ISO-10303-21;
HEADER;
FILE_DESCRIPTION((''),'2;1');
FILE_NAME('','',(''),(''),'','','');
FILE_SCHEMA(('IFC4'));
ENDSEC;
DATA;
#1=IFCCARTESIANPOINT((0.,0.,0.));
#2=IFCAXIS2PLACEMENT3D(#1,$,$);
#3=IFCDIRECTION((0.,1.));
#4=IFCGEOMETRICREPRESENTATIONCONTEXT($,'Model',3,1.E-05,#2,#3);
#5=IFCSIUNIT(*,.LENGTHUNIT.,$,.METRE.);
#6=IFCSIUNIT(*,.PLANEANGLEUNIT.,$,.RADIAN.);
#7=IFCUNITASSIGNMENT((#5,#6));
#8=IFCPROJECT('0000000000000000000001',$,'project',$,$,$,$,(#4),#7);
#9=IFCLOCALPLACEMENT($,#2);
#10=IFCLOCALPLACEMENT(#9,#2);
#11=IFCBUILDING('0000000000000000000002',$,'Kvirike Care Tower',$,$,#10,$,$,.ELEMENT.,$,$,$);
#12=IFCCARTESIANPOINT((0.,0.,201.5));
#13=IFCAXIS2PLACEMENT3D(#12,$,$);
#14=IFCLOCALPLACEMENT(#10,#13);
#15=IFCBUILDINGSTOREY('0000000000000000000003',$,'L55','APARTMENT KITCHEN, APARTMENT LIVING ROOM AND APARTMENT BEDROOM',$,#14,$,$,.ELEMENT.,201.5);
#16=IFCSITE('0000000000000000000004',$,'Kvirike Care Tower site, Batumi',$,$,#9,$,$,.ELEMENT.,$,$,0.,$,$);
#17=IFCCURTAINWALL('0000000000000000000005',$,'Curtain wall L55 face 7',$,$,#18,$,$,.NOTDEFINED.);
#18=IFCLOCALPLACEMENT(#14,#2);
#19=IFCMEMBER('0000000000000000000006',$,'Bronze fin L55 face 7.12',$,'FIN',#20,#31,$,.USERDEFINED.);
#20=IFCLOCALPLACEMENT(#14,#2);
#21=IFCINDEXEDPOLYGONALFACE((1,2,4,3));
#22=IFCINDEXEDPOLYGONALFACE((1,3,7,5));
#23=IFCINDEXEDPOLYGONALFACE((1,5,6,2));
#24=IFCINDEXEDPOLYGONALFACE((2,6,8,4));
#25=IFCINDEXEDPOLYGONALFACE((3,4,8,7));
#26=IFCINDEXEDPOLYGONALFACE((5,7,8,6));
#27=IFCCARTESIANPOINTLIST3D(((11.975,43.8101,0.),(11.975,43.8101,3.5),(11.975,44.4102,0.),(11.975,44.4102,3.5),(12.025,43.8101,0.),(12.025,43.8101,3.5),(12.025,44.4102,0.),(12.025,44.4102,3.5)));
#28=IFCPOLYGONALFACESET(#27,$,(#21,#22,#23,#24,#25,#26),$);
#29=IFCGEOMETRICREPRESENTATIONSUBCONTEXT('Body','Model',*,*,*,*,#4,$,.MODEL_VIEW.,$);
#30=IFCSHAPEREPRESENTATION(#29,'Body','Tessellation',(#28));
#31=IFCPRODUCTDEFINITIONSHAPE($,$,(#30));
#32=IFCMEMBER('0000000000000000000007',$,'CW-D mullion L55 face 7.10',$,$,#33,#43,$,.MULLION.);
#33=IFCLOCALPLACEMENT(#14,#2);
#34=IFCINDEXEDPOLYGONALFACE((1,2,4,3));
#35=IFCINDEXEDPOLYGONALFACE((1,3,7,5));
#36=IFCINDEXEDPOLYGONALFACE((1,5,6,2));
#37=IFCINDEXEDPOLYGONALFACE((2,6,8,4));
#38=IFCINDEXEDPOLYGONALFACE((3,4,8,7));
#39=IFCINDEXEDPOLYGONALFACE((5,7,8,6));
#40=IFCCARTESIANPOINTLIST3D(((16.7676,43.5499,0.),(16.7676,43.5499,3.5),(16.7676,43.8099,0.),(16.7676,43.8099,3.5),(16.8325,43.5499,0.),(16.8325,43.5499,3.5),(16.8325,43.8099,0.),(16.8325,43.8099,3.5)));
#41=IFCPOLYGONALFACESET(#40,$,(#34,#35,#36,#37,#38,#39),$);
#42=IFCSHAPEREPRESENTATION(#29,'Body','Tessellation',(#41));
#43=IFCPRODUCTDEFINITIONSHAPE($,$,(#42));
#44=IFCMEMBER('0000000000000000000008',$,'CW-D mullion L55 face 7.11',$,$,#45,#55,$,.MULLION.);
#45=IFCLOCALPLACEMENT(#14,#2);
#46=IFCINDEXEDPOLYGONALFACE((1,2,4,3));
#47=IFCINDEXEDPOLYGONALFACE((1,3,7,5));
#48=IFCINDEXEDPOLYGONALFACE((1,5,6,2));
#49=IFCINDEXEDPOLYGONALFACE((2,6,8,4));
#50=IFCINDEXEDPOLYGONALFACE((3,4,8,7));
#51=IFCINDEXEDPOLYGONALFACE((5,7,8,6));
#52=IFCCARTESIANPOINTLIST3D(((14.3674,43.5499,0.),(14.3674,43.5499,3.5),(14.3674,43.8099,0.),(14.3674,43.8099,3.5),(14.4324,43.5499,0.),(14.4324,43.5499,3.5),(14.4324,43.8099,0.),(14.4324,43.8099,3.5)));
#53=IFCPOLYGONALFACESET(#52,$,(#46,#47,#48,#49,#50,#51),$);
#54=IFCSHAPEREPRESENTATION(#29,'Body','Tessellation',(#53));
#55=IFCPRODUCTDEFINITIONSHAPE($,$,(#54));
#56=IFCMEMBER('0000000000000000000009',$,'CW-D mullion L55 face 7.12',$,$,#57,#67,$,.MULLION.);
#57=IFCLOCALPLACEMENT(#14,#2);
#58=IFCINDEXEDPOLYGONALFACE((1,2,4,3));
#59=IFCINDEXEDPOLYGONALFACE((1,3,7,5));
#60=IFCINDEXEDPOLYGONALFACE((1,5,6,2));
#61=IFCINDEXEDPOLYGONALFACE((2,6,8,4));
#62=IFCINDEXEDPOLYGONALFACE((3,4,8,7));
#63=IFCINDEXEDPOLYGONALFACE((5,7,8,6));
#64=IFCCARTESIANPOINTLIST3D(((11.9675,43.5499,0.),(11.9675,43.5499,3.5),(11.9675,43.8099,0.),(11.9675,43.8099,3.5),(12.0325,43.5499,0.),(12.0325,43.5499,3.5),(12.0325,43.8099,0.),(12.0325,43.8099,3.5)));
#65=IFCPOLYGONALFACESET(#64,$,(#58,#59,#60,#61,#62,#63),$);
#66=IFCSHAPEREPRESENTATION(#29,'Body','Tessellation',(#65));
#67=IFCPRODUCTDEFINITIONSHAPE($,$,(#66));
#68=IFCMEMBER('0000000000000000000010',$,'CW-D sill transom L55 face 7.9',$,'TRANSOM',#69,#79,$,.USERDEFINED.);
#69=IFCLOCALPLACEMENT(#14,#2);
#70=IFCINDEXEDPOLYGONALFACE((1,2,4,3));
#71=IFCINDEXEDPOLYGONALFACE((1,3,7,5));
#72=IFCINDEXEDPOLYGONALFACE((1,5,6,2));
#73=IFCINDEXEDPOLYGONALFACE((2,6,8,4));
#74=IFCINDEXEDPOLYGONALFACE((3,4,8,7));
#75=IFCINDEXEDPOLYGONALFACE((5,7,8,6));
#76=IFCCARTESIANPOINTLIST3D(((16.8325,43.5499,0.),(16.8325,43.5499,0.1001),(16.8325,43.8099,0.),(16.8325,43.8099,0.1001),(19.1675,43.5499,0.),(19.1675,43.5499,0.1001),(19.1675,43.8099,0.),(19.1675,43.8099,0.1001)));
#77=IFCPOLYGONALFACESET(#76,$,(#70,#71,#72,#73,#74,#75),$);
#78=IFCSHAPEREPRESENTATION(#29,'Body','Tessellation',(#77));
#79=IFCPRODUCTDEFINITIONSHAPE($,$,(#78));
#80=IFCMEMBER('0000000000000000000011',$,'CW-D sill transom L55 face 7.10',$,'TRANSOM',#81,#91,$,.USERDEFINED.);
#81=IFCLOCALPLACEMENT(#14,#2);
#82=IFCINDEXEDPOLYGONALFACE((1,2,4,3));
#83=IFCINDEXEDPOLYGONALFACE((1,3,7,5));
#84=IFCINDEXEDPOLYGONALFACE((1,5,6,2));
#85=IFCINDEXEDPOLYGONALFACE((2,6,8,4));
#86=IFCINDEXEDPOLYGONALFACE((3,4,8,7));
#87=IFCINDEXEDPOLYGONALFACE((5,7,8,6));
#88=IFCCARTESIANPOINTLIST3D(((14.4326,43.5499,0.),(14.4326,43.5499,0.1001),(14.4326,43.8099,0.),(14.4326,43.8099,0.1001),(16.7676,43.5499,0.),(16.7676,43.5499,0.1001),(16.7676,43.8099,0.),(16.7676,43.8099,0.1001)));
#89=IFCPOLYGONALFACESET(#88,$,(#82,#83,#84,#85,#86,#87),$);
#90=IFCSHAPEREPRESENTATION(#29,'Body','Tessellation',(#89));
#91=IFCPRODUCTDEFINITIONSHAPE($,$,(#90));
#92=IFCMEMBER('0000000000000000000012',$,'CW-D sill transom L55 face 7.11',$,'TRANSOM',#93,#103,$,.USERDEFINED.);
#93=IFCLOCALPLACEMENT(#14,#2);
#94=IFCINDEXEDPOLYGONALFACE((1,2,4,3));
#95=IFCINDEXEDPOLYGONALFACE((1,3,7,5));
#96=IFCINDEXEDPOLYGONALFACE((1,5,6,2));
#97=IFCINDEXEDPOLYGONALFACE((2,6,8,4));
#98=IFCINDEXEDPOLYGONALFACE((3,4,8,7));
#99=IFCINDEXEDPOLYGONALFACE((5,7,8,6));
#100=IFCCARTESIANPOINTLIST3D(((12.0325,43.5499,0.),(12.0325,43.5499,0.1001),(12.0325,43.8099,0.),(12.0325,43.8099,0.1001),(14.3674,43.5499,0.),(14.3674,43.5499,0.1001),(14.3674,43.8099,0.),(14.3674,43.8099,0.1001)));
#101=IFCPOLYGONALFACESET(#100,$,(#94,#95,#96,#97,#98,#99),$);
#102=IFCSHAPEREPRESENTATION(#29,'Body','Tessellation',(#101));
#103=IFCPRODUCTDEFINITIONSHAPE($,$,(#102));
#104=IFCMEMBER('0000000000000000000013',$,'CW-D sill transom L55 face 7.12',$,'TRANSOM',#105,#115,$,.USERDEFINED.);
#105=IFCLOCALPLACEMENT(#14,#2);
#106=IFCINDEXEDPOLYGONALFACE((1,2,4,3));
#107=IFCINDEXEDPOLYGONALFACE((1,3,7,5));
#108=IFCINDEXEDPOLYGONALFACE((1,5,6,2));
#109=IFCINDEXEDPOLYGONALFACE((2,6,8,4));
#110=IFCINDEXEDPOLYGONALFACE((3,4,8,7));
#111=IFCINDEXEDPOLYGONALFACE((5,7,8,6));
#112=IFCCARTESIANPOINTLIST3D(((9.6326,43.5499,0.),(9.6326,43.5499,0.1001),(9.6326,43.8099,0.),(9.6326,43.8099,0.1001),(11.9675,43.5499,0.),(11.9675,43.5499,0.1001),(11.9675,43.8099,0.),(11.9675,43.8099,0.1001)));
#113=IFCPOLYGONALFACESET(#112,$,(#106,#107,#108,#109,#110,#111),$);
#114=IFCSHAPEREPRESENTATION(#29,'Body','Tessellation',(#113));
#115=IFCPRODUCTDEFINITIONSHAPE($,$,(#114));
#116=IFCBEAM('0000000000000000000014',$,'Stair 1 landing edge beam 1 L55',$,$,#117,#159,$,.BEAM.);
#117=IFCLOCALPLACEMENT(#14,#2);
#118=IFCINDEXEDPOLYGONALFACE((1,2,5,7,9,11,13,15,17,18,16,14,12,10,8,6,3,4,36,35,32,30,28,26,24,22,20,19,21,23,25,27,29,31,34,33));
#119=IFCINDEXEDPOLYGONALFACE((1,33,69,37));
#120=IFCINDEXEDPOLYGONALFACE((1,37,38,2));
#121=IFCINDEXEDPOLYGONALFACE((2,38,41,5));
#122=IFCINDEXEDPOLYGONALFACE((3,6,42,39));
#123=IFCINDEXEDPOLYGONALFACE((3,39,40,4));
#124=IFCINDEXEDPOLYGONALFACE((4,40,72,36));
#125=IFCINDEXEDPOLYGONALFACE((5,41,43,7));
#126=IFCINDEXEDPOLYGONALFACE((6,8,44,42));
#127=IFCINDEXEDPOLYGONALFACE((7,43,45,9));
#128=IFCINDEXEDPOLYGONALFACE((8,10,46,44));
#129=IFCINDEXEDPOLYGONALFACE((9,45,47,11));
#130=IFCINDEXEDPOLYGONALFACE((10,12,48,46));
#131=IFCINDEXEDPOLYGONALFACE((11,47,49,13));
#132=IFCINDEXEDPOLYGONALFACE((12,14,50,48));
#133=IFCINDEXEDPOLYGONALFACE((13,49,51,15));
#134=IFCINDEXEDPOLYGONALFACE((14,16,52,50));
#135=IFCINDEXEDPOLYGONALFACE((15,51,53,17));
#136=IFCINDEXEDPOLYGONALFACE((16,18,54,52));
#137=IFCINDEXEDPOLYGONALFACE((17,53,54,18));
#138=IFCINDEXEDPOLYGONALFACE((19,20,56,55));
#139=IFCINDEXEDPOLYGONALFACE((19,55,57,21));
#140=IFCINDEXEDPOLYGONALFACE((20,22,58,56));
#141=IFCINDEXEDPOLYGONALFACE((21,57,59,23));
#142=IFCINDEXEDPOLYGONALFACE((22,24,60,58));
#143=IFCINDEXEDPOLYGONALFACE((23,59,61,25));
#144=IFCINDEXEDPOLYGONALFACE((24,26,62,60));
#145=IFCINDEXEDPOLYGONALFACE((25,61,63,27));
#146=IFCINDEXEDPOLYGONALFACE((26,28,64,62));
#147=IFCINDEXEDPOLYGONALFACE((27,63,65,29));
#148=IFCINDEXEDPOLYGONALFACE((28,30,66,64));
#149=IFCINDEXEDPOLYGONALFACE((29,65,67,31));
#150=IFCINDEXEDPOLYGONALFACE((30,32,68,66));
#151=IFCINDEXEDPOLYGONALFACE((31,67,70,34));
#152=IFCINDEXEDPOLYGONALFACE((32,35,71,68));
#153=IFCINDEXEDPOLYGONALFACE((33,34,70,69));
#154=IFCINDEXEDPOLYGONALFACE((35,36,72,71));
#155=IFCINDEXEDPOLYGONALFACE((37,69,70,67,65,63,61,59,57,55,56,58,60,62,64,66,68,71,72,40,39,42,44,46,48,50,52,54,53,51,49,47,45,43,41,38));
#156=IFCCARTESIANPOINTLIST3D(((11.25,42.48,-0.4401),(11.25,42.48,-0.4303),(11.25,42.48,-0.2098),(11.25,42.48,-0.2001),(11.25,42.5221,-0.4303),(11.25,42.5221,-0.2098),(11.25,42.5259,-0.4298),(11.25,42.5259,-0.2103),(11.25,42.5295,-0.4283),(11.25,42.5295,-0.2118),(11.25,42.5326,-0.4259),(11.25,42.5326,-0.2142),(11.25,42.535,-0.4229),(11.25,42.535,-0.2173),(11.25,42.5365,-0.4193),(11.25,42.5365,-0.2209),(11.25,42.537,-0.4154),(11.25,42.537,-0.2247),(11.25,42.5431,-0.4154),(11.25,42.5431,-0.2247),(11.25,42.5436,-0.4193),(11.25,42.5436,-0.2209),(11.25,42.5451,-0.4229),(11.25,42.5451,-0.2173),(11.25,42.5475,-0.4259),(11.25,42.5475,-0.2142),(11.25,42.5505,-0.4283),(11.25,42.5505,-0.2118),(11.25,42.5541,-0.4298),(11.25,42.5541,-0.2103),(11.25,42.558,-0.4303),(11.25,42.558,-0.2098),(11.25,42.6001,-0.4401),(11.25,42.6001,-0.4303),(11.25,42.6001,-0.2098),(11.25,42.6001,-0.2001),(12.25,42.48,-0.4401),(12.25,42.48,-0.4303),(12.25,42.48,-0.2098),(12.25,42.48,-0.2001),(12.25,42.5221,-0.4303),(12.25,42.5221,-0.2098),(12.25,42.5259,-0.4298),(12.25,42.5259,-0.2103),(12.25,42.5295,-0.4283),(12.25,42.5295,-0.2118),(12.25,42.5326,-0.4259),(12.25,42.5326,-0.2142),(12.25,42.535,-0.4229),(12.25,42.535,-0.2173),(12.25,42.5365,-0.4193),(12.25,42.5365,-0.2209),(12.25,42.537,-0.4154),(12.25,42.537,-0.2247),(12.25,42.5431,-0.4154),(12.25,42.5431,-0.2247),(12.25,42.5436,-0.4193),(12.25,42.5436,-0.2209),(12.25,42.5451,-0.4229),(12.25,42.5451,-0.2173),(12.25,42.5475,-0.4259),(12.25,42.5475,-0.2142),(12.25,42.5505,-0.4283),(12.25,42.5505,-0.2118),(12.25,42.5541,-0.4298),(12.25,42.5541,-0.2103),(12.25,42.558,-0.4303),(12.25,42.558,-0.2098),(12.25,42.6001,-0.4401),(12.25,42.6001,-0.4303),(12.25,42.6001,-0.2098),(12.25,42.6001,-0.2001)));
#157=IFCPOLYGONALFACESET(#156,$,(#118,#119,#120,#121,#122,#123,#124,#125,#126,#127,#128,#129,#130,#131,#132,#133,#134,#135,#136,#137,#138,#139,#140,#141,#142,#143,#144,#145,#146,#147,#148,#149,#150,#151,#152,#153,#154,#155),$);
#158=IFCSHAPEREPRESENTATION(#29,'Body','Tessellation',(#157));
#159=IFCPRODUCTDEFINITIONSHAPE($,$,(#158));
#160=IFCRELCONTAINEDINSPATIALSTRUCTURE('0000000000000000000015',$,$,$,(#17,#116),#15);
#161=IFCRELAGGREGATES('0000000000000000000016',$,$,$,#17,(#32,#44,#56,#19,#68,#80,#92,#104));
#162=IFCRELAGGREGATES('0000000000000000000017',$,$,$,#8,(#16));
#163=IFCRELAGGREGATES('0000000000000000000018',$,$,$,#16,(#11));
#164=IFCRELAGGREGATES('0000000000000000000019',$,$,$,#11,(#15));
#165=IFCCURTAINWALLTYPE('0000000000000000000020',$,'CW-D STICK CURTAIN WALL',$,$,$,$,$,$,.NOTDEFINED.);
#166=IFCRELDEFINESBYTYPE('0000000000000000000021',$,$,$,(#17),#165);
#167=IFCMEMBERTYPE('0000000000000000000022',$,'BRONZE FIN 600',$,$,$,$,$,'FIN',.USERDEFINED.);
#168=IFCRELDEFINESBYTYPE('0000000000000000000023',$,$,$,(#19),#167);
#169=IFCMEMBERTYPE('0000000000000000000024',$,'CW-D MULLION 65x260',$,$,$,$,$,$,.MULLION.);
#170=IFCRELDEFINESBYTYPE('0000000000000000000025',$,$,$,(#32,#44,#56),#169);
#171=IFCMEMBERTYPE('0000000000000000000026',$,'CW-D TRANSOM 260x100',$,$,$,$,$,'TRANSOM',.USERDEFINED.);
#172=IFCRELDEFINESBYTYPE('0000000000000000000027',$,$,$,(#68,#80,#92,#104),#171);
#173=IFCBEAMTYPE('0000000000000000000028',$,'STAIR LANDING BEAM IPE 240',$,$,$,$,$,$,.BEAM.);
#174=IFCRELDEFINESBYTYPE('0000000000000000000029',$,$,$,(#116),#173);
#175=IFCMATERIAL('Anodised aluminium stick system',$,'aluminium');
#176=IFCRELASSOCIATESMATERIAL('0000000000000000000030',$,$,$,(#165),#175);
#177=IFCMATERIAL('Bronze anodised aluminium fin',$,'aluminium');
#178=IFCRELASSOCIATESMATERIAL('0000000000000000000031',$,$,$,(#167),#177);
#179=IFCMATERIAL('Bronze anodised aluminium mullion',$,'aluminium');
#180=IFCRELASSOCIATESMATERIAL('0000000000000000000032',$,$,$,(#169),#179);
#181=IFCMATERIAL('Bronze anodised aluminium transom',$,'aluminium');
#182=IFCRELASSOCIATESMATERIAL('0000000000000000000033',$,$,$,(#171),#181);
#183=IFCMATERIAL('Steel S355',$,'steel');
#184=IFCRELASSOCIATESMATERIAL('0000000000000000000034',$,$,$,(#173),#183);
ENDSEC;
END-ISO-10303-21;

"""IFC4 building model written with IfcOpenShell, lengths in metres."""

from ifc_helpers import new_model, si_unit, direction, frame, origin, origin_2d, place, context, subcontext, project, spatial, rectangle, i_section, extrude, material, material_profile, profile_set, type_object, element, aggregate, save


model = new_model("IFC4")

# Units and contexts
model_context = context("Model", 3, precision=1e-05, world=origin(), true_north=direction((0.0, 1.0)))
body_context = subcontext(model_context, "Body", "Model", "MODEL_VIEW")
ifc_project = project(units=[si_unit("LENGTHUNIT", "METRE"), si_unit("PLANEANGLEUNIT", "RADIAN")], contexts=[model_context])

# Site, building, storey
site_placement = place(None, origin())
site = spatial("IfcSite", under=ifc_project, at=site_placement, Name="Kvirike Care Tower site, Batumi", CompositionType="ELEMENT", RefElevation=0.0)
building_placement = place(site_placement, origin())
building = spatial("IfcBuilding", under=site, at=building_placement, Name="Kvirike Care Tower", CompositionType="ELEMENT")
storey_placement = place(building_placement, frame((0.0, 0.0, 201.5)))
storey = spatial("IfcBuildingStorey", under=building, at=storey_placement, Name="L55", Description="APARTMENT KITCHEN, APARTMENT LIVING ROOM AND APARTMENT BEDROOM", CompositionType="ELEMENT", Elevation=201.5)

# Curtain wall, members
ifc_material_1 = material(Name="Anodised aluminium stick system", Category="aluminium")
curtain_wall_type = type_object("IfcCurtainWallType", Name="CW-D STICK CURTAIN WALL", PredefinedType="NOTDEFINED", material=ifc_material_1)
curtain_wall_placement = place(storey_placement, origin())
curtain_wall = element("IfcCurtainWall", 1, at=curtain_wall_placement, inside=storey, type_object=curtain_wall_type, Name="Curtain wall L55 face 7", PredefinedType="NOTDEFINED")
ifc_material_2 = material(Name="Bronze anodised aluminium fin", Category="aluminium")
ifc_material_profile_1 = material_profile(ifc_material_2, rectangle(XDim=0.05, YDim=0.6001, at=origin_2d()), Name="BRONZE FIN 600")
ifc_profile_set_1 = profile_set([ifc_material_profile_1], Name="Bronze anodised aluminium fin")
member_type_1 = type_object("IfcMemberType", Name="BRONZE FIN 600", ElementType="FIN", PredefinedType="USERDEFINED", material=ifc_profile_set_1)
member_1_placement = place(storey_placement, frame((12.0, 44.1101, 0.0), z_axis=(0.0, 0.0, 1.0), x_axis=(-1.0, 0.0, 0.0)))
member_1 = element("IfcMember", 2, at=member_1_placement, type_object=member_type_1, Name="Bronze fin L55 face 7.12", ObjectType="FIN", PredefinedType="USERDEFINED", context=body_context, shape_type="SweptSolid", body=[
    extrude(rectangle(XDim=0.05, YDim=0.6001, at=origin_2d()), origin(), (0.0, 0.0, 1.0), 3.5),
])
ifc_material_3 = material(Name="Bronze anodised aluminium mullion", Category="aluminium")
ifc_material_profile_2 = material_profile(ifc_material_3, rectangle(XDim=0.0649, YDim=0.26, at=origin_2d()), Name="CW-D MULLION 65x260")
ifc_profile_set_2 = profile_set([ifc_material_profile_2], Name="Bronze anodised aluminium mullion")
member_type_2 = type_object("IfcMemberType", Name="CW-D MULLION 65x260", PredefinedType="MULLION", material=ifc_profile_set_2)
member_2_placement = place(storey_placement, frame((16.8, 43.6799, 0.0), z_axis=(0.0, 0.0, 1.0), x_axis=(-1.0, 0.0, 0.0)))
member_2 = element("IfcMember", 3, at=member_2_placement, type_object=member_type_2, Name="CW-D mullion L55 face 7.10", PredefinedType="MULLION", context=body_context, shape_type="SweptSolid", body=[
    extrude(rectangle(XDim=0.0649, YDim=0.26, at=origin_2d()), origin(), (0.0, 0.0, 1.0), 3.5),
])
member_3_placement = place(storey_placement, frame((14.3999, 43.6799, 0.0), z_axis=(0.0, 0.0, 1.0), x_axis=(-1.0, 0.0, 0.0)))
member_3 = element("IfcMember", 4, at=member_3_placement, type_object=member_type_2, Name="CW-D mullion L55 face 7.11", PredefinedType="MULLION", context=body_context, shape_type="SweptSolid", body=[
    extrude(rectangle(XDim=0.0649, YDim=0.26, at=origin_2d()), origin(), (0.0, 0.0, 1.0), 3.5),
])
member_4_placement = place(storey_placement, frame((12.0, 43.6799, 0.0), z_axis=(0.0, 0.0, 1.0), x_axis=(-1.0, 0.0, 0.0)))
member_4 = element("IfcMember", 5, at=member_4_placement, type_object=member_type_2, Name="CW-D mullion L55 face 7.12", PredefinedType="MULLION", context=body_context, shape_type="SweptSolid", body=[
    extrude(rectangle(XDim=0.0649, YDim=0.26, at=origin_2d()), origin(), (0.0, 0.0, 1.0), 3.5),
])
ifc_material_4 = material(Name="Bronze anodised aluminium transom", Category="aluminium")
ifc_material_profile_3 = material_profile(ifc_material_4, rectangle(XDim=0.26, YDim=0.1001, at=origin_2d()), Name="CW-D TRANSOM 260x100")
ifc_profile_set_3 = profile_set([ifc_material_profile_3], Name="Bronze anodised aluminium transom")
member_type_3 = type_object("IfcMemberType", Name="CW-D TRANSOM 260x100", ElementType="TRANSOM", PredefinedType="USERDEFINED", material=ifc_profile_set_3)
member_5_placement = place(storey_placement, frame((19.1675, 43.6799, 0.05), z_axis=(-1.0, 0.0, 0.0), x_axis=(0.0, -1.0, 0.0)))
member_5 = element("IfcMember", 6, at=member_5_placement, type_object=member_type_3, Name="CW-D sill transom L55 face 7.9", ObjectType="TRANSOM", PredefinedType="USERDEFINED", context=body_context, shape_type="SweptSolid", body=[
    extrude(rectangle(XDim=0.26, YDim=0.1001, at=origin_2d()), origin(), (0.0, 0.0, 1.0), 2.335),
])
member_6_placement = place(storey_placement, frame((16.7676, 43.6799, 0.05), z_axis=(-1.0, 0.0, 0.0), x_axis=(0.0, -1.0, 0.0)))
member_6 = element("IfcMember", 7, at=member_6_placement, type_object=member_type_3, Name="CW-D sill transom L55 face 7.10", ObjectType="TRANSOM", PredefinedType="USERDEFINED", context=body_context, shape_type="SweptSolid", body=[
    extrude(rectangle(XDim=0.26, YDim=0.1001, at=origin_2d()), origin(), (0.0, 0.0, 1.0), 2.335),
])
member_7_placement = place(storey_placement, frame((14.3674, 43.6799, 0.05), z_axis=(-1.0, 0.0, 0.0), x_axis=(0.0, -1.0, 0.0)))
member_7 = element("IfcMember", 8, at=member_7_placement, type_object=member_type_3, Name="CW-D sill transom L55 face 7.11", ObjectType="TRANSOM", PredefinedType="USERDEFINED", context=body_context, shape_type="SweptSolid", body=[
    extrude(rectangle(XDim=0.26, YDim=0.1001, at=origin_2d()), origin(), (0.0, 0.0, 1.0), 2.335),
])
member_8_placement = place(storey_placement, frame((11.9675, 43.6799, 0.05), z_axis=(-1.0, 0.0, 0.0), x_axis=(0.0, -1.0, 0.0)))
member_8 = element("IfcMember", 9, at=member_8_placement, type_object=member_type_3, Name="CW-D sill transom L55 face 7.12", ObjectType="TRANSOM", PredefinedType="USERDEFINED", context=body_context, shape_type="SweptSolid", body=[
    extrude(rectangle(XDim=0.26, YDim=0.1001, at=origin_2d()), origin(), (0.0, 0.0, 1.0), 2.335),
])

# Beam
ifc_material_5 = material(Name="Steel S355", Category="steel")
ifc_material_profile_4 = material_profile(ifc_material_5, i_section(OverallWidth=0.1201, OverallDepth=0.24, WebThickness=0.0061, FlangeThickness=0.0098, FilletRadius=0.0149, at=origin_2d()), Name="IPE 240")
ifc_profile_set_4 = profile_set([ifc_material_profile_4], Name="Steel S355")
beam_type_1 = type_object("IfcBeamType", Name="STAIR LANDING BEAM IPE 240", PredefinedType="BEAM", material=ifc_profile_set_4)
for number, where, z_axis, x_axis, name in (
    (10, (11.25, 42.54, -0.3201), (1.0, 0.0, 0.0), (0.0, 1.0, 0.0), "Stair 1 landing edge beam 1 L55"),
):
    element("IfcBeam", number, at=place(storey_placement, frame(where, z_axis=z_axis, x_axis=x_axis)), inside=storey, type_object=beam_type_1, Name=name, PredefinedType="BEAM", context=body_context, shape_type="SweptSolid", body=[
        extrude(i_section(OverallWidth=0.1201, OverallDepth=0.24, WebThickness=0.0061, FlangeThickness=0.0098, FilletRadius=0.0149, at=origin_2d()), origin(), (0.0, 0.0, 1.0), 1.0),
    ])

aggregate(curtain_wall, [member_2, member_3, member_4, member_1, member_5, member_6, member_7, member_8])

save(model, "model.ifc")
